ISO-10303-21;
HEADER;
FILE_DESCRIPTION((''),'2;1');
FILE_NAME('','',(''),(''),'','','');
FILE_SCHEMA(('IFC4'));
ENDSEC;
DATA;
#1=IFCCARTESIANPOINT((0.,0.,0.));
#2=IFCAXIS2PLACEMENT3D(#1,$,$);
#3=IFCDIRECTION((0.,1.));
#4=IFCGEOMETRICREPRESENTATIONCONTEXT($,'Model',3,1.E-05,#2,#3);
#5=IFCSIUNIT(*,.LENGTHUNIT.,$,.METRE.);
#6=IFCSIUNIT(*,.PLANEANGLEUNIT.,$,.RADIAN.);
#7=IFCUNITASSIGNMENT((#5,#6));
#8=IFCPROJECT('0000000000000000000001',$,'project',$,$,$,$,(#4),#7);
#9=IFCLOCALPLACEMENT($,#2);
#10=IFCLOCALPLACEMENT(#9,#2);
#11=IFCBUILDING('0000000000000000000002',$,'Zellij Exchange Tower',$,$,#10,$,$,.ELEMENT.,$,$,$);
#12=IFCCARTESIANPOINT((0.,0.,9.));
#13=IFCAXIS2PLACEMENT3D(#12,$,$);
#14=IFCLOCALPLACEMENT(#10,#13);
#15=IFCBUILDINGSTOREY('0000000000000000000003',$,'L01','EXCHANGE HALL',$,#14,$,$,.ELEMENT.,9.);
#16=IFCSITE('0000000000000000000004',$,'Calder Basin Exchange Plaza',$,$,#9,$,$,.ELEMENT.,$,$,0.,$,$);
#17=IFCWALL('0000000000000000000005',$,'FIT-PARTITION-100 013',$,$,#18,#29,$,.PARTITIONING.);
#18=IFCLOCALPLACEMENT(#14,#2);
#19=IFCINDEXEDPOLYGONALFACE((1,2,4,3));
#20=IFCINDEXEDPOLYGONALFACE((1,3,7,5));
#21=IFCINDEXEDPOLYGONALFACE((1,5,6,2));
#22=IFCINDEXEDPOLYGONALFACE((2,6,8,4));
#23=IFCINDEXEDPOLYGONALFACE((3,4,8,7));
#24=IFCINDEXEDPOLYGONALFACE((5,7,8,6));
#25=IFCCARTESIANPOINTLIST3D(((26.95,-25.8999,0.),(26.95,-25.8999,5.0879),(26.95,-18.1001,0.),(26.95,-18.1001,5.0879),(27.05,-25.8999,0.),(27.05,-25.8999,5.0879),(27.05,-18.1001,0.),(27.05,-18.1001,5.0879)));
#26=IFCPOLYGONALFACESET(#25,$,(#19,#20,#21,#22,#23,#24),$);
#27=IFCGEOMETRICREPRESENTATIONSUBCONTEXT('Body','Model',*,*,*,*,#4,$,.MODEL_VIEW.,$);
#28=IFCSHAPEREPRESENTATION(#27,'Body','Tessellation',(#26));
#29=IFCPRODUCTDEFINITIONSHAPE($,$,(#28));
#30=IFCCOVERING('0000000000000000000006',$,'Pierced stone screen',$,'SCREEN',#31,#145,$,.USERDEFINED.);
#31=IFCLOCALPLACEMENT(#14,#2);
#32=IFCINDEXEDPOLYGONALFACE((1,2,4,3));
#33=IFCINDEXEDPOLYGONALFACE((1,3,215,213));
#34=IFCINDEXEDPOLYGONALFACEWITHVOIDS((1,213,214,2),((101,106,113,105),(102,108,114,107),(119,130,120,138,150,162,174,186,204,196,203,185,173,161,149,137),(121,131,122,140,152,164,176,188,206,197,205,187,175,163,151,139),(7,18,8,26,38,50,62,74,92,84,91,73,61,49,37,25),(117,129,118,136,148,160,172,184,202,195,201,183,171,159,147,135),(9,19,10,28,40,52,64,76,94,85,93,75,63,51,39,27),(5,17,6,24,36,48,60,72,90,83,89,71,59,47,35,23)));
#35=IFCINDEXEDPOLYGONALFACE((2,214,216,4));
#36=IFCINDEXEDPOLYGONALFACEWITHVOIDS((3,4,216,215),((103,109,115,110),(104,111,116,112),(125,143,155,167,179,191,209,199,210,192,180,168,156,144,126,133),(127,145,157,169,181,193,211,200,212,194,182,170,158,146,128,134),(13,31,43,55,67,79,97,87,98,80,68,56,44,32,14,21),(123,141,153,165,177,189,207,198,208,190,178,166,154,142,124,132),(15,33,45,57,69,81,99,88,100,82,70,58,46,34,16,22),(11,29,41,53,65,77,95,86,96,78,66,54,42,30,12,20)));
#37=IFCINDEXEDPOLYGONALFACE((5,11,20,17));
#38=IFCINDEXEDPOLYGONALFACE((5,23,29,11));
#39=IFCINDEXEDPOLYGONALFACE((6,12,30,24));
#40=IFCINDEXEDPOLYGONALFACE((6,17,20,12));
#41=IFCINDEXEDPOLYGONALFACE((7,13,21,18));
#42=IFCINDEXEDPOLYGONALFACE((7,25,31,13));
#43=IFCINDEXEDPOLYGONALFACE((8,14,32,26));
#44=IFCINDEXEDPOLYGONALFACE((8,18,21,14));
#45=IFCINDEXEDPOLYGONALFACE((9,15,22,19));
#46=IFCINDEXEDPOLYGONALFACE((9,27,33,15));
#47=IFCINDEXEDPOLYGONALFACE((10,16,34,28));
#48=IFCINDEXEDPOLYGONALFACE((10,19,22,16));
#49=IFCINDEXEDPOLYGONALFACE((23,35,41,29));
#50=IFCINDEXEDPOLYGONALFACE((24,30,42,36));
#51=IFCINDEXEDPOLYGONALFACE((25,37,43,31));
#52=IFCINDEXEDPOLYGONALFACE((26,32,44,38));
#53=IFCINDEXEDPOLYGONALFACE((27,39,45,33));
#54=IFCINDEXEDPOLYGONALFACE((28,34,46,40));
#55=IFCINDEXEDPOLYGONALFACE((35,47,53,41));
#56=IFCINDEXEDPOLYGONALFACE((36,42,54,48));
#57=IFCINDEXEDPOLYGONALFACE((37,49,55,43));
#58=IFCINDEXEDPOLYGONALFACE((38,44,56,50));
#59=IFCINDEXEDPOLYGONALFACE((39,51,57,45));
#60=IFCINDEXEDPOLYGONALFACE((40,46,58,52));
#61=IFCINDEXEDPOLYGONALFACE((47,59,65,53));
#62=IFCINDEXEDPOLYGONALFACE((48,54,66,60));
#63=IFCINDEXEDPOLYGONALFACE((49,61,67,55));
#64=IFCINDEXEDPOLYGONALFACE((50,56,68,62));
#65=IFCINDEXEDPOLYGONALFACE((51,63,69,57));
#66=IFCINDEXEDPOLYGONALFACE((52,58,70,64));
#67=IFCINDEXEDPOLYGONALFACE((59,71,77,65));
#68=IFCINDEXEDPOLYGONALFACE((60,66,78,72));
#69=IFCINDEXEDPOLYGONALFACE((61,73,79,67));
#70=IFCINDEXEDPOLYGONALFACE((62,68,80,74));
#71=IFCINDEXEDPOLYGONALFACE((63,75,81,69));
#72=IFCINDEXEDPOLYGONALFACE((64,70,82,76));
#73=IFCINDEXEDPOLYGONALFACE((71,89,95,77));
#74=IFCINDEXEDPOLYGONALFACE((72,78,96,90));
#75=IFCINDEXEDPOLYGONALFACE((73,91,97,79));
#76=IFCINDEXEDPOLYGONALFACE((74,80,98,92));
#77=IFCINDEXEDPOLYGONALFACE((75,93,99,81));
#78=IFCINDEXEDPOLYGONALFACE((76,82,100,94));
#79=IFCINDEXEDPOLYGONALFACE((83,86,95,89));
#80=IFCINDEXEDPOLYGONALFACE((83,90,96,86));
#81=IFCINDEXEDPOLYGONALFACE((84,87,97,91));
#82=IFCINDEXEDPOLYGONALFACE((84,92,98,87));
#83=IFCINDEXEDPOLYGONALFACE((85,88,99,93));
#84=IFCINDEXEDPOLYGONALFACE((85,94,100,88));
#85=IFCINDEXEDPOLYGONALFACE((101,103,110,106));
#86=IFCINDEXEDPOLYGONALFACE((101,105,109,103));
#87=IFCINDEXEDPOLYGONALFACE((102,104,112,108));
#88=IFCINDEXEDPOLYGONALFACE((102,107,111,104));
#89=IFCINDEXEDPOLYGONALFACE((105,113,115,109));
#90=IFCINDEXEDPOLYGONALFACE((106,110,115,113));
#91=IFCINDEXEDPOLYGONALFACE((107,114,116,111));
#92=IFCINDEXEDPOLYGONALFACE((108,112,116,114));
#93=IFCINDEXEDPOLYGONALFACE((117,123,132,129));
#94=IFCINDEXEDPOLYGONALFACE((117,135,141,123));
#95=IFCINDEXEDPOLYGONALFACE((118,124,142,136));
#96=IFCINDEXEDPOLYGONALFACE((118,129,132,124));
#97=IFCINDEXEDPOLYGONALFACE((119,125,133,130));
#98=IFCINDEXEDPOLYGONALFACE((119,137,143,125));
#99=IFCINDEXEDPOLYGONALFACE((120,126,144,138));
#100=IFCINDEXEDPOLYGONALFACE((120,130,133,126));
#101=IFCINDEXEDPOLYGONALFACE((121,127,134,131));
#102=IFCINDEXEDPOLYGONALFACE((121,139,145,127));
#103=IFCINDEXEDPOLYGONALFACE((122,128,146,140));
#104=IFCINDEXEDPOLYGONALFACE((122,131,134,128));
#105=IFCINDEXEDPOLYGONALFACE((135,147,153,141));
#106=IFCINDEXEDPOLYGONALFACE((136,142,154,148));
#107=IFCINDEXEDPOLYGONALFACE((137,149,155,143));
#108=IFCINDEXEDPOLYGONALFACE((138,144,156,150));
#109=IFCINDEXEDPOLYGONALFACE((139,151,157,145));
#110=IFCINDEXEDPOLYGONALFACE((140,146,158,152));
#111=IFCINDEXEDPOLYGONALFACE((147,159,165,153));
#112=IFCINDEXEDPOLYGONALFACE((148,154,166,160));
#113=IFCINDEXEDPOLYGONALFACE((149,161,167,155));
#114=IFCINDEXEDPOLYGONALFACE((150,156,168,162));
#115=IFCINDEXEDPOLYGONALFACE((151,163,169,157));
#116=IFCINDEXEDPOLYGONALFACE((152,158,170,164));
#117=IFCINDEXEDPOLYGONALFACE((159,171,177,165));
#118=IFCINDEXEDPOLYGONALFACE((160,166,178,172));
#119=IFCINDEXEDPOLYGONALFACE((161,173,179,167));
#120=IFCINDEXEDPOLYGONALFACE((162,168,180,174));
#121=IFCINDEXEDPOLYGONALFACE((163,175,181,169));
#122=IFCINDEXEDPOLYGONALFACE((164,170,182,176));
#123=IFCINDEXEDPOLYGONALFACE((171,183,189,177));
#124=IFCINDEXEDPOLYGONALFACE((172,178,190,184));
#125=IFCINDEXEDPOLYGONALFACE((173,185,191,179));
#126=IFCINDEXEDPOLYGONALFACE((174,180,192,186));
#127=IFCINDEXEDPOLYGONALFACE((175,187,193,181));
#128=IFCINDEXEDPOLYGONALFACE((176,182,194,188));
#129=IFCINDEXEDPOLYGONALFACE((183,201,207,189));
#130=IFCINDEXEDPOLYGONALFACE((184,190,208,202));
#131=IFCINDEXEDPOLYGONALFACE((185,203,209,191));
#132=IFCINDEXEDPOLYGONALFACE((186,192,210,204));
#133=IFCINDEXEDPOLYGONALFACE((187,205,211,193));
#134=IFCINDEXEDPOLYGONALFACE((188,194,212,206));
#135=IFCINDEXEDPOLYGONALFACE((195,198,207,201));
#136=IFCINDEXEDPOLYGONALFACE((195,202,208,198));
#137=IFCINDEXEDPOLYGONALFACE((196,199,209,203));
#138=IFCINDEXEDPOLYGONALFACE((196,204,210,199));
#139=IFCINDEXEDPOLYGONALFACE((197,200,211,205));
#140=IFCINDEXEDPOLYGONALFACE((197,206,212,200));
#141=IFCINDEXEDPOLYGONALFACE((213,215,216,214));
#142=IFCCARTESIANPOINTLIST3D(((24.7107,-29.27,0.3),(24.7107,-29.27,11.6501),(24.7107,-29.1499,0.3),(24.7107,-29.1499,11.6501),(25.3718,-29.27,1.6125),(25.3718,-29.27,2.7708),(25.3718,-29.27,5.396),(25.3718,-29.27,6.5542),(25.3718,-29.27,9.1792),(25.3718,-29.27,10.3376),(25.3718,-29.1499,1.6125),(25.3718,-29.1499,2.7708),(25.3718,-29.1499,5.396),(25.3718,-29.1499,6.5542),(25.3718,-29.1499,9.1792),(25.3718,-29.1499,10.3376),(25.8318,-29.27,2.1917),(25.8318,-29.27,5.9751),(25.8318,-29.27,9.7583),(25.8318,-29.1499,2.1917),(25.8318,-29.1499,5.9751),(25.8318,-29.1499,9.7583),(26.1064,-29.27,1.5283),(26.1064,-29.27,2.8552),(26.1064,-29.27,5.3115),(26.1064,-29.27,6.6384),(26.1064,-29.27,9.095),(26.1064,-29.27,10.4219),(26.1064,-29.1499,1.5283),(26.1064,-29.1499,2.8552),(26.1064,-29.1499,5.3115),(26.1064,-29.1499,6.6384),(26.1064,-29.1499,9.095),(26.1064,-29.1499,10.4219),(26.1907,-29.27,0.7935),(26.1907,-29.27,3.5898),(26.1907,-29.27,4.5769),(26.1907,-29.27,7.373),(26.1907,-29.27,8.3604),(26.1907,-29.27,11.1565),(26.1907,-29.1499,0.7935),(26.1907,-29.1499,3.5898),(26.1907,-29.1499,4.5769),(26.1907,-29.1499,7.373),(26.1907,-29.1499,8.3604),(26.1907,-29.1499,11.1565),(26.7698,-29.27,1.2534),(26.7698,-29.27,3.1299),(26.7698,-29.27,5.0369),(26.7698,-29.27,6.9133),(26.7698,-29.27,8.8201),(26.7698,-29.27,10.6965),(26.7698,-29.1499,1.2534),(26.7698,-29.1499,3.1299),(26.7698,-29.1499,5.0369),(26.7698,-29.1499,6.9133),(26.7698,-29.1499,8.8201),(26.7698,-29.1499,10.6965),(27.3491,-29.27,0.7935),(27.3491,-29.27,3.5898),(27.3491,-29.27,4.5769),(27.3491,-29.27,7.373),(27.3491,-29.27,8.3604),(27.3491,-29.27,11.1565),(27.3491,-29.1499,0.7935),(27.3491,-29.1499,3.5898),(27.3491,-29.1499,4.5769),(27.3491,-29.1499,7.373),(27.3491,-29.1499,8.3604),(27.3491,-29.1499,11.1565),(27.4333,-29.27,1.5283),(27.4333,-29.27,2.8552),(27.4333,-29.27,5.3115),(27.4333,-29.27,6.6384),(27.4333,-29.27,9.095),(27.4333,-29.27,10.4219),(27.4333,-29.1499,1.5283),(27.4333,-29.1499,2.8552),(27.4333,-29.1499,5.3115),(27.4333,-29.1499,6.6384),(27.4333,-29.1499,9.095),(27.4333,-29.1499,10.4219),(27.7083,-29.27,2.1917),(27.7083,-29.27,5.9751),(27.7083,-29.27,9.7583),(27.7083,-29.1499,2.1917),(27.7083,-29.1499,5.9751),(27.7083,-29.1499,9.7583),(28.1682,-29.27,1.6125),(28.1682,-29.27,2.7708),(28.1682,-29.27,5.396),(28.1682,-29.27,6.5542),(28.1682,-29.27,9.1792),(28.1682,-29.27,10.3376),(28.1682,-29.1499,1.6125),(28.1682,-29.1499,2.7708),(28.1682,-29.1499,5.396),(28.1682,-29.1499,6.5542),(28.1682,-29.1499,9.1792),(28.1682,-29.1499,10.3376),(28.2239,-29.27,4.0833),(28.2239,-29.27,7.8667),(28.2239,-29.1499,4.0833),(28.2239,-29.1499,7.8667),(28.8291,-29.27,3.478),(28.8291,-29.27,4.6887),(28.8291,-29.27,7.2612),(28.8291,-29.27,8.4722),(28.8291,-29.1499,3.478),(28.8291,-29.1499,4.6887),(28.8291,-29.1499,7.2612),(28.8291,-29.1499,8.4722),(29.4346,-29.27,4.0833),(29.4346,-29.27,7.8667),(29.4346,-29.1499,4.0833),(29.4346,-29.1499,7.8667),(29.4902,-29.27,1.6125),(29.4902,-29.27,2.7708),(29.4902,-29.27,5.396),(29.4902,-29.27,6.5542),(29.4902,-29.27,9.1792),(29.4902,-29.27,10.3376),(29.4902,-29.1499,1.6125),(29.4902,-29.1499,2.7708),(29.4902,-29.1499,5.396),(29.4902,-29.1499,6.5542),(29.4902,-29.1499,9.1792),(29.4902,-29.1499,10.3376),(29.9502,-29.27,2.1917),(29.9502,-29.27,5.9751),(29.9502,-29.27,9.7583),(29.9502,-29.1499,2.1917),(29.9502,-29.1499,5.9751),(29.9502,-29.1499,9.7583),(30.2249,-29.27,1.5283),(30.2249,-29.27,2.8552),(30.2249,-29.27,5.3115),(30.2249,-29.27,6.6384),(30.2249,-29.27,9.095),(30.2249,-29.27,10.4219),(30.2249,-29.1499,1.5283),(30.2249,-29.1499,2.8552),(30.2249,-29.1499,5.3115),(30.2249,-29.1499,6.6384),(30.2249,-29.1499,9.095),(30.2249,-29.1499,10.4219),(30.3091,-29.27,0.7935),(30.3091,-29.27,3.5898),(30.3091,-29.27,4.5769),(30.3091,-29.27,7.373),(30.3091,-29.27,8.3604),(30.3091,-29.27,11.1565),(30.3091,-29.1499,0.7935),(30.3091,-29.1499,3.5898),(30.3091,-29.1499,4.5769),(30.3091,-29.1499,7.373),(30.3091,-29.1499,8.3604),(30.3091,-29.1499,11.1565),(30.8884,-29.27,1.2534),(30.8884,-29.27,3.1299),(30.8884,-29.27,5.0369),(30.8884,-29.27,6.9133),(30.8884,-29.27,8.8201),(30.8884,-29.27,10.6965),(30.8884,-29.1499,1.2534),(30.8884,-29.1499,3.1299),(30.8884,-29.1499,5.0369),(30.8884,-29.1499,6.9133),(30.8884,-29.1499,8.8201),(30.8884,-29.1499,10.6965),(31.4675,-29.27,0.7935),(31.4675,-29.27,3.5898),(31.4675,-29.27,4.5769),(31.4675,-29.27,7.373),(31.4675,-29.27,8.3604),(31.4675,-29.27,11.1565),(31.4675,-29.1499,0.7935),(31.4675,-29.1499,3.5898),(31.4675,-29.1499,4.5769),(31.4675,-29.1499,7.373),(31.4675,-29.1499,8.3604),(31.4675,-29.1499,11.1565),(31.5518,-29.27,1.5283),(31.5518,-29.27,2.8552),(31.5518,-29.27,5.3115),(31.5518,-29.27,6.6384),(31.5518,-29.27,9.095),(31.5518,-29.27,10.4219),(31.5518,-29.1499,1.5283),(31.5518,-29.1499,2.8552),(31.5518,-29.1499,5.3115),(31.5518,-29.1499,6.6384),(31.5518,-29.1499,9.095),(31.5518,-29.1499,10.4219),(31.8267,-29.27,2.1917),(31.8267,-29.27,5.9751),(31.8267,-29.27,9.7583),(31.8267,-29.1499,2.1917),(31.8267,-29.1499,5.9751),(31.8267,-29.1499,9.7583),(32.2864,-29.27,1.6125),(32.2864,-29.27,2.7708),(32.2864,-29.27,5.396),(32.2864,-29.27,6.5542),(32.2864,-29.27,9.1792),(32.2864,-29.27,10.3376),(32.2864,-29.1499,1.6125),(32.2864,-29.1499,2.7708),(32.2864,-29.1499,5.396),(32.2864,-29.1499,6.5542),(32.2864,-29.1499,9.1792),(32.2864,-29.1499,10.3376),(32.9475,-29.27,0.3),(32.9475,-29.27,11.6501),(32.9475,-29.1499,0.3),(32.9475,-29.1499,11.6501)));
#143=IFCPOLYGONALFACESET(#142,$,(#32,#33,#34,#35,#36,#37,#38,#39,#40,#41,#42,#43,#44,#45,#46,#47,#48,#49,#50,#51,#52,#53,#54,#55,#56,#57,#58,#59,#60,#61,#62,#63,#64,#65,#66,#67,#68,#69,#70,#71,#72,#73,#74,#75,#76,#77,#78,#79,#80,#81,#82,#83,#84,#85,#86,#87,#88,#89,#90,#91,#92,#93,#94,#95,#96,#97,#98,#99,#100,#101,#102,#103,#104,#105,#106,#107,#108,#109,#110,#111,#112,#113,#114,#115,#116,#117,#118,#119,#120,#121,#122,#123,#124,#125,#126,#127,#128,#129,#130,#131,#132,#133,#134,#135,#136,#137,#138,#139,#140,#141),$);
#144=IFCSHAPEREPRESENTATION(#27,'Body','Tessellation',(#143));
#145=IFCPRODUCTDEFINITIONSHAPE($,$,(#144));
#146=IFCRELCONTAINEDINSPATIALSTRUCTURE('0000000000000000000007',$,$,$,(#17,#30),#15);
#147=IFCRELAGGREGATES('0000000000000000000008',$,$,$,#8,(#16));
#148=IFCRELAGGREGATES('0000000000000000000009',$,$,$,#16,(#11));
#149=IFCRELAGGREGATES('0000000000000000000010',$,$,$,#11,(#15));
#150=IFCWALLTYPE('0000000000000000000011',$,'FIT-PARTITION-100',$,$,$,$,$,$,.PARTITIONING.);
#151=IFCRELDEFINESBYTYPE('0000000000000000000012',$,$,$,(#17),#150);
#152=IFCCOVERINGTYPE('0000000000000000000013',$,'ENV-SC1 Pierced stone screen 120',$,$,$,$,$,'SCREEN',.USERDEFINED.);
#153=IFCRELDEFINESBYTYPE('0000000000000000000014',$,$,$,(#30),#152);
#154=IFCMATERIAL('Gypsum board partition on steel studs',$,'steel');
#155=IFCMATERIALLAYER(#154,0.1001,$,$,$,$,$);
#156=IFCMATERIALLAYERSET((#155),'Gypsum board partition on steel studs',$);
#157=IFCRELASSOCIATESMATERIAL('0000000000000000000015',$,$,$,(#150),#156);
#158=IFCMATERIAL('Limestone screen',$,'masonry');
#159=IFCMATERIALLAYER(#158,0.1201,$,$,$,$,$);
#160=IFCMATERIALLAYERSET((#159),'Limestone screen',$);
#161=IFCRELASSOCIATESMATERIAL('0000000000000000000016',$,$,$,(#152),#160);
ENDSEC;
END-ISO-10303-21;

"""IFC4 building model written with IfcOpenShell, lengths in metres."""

from ifc_helpers import new_model, si_unit, direction, frame, frame_2d, origin, place, context, subcontext, project, spatial, polyline, rectangle, outline, extrude, material, layer, layer_set, type_object, element, save


model = new_model("IFC4")

# Units and contexts
model_context = context("Model", 3, precision=1e-05, world=origin(), true_north=direction((0.0, 1.0)))
body_context = subcontext(model_context, "Body", "Model", "MODEL_VIEW")
ifc_project = project(units=[si_unit("LENGTHUNIT", "METRE"), si_unit("PLANEANGLEUNIT", "RADIAN")], contexts=[model_context])

# Site, building, storey
site_placement = place(None, origin())
site = spatial("IfcSite", under=ifc_project, at=site_placement, Name="Calder Basin Exchange Plaza", CompositionType="ELEMENT", RefElevation=0.0)
building_placement = place(site_placement, origin())
building = spatial("IfcBuilding", under=site, at=building_placement, Name="Zellij Exchange Tower", CompositionType="ELEMENT")
storey_placement = place(building_placement, frame((0.0, 0.0, 9.0)))
storey = spatial("IfcBuildingStorey", under=building, at=storey_placement, Name="L01", Description="EXCHANGE HALL", CompositionType="ELEMENT", Elevation=9.0)

# Wall
ifc_material_1 = material(Name="Gypsum board partition on steel studs", Category="steel")
ifc_layer_1 = layer(ifc_material_1, 0.1001)
ifc_layer_set_1 = layer_set([ifc_layer_1], Name="Gypsum board partition on steel studs")
wall_type_1 = type_object("IfcWallType", Name="FIT-PARTITION-100", PredefinedType="PARTITIONING", material=ifc_layer_set_1)
wall_1_placement = place(storey_placement, frame((27.0, -25.8999, 0.0), z_axis=(0.0, 0.0, 1.0), x_axis=(0.0, 1.0, 0.0)))
element("IfcWall", 1, at=wall_1_placement, inside=storey, type_object=wall_type_1, Name="FIT-PARTITION-100 013", PredefinedType="PARTITIONING", context=body_context, shape_type="SweptSolid", body=[
    extrude(rectangle(XDim=7.7998, YDim=0.1001, at=frame_2d((3.8999, 0.0))), origin(), (0.0, 0.0, 1.0), 5.0879),
])

# Covering
ifc_material_2 = material(Name="Limestone screen", Category="masonry")
ifc_layer_2 = layer(ifc_material_2, 0.1201)
ifc_layer_set_2 = layer_set([ifc_layer_2], Name="Limestone screen")
covering_type = type_object("IfcCoveringType", Name="ENV-SC1 Pierced stone screen 120", ElementType="SCREEN", PredefinedType="USERDEFINED", material=ifc_layer_set_2)
covering_1_placement = place(storey_placement, frame((24.7107, -29.21, 0.3), z_axis=(0.0, 0.0, 1.0), x_axis=(1.0, 0.0, 0.0)))
element("IfcCovering", 2, at=covering_1_placement, inside=storey, type_object=covering_type, Name="Pierced stone screen", ObjectType="SCREEN", PredefinedType="USERDEFINED", context=body_context, shape_type="SweptSolid", body=[
    extrude(outline(polyline([(0.0, 0.0), (8.2368, 0.0), (8.2368, 11.3501), (0.0, 11.3501), (0.0, 0.0)]), holes=[polyline([(3.4575, 2.4707), (2.7227, 2.5552), (2.6384, 3.2898), (2.0591, 2.8298), (1.48, 3.2898), (1.3958, 2.5552), (0.6611, 2.4707), (1.1211, 1.8916), (0.6611, 1.3125), (1.3958, 1.2283), (1.48, 0.4934), (2.0591, 0.9534), (2.6384, 0.4934), (2.7227, 1.2283), (3.4575, 1.3125), (2.9976, 1.8916), (3.4575, 2.4707)]), polyline([(3.4575, 6.2542), (2.7227, 6.3384), (2.6384, 7.073), (2.0591, 6.6133), (1.48, 7.073), (1.3958, 6.3384), (0.6611, 6.2542), (1.1211, 5.675), (0.6611, 5.0959), (1.3958, 5.0115), (1.48, 4.2769), (2.0591, 4.7368), (2.6384, 4.2769), (2.7227, 5.0115), (3.4575, 5.0959), (2.9976, 5.675), (3.4575, 6.2542)]), polyline([(3.4575, 10.0376), (2.7227, 10.1218), (2.6384, 10.8564), (2.0591, 10.3965), (1.48, 10.8564), (1.3958, 10.1218), (0.6611, 10.0376), (1.1211, 9.4583), (0.6611, 8.8792), (1.3958, 8.7949), (1.48, 8.0603), (2.0591, 8.52), (2.6384, 8.0603), (2.7227, 8.7949), (3.4575, 8.8792), (2.9976, 9.4583), (3.4575, 10.0376)]), polyline([(7.5757, 2.4707), (6.8411, 2.5552), (6.7568, 3.2898), (6.1777, 2.8298), (5.5984, 3.2898), (5.5142, 2.5552), (4.7795, 2.4707), (5.2395, 1.8916), (4.7795, 1.3125), (5.5142, 1.2283), (5.5984, 0.4934), (6.1777, 0.9534), (6.7568, 0.4934), (6.8411, 1.2283), (7.5757, 1.3125), (7.116, 1.8916), (7.5757, 2.4707)]), polyline([(7.5757, 6.2542), (6.8411, 6.3384), (6.7568, 7.073), (6.1777, 6.6133), (5.5984, 7.073), (5.5142, 6.3384), (4.7795, 6.2542), (5.2395, 5.675), (4.7795, 5.0959), (5.5142, 5.0115), (5.5984, 4.2769), (6.1777, 4.7368), (6.7568, 4.2769), (6.8411, 5.0115), (7.5757, 5.0959), (7.116, 5.675), (7.5757, 6.2542)]), polyline([(7.5757, 10.0376), (6.8411, 10.1218), (6.7568, 10.8564), (6.1777, 10.3965), (5.5984, 10.8564), (5.5142, 10.1218), (4.7795, 10.0376), (5.2395, 9.4583), (4.7795, 8.8792), (5.5142, 8.7949), (5.5984, 8.0603), (6.1777, 8.52), (6.7568, 8.0603), (6.8411, 8.7949), (7.5757, 8.8792), (7.116, 9.4583), (7.5757, 10.0376)]), polyline([(4.7239, 3.7832), (4.1184, 4.3887), (3.5132, 3.7832), (4.1184, 3.178), (4.7239, 3.7832)]), polyline([(4.7239, 7.5667), (4.1184, 8.1721), (3.5132, 7.5667), (4.1184, 6.9612), (4.7239, 7.5667)])]), frame((0.0, 0.0601, 0.0), z_axis=(0.0, -1.0, 0.0), x_axis=(1.0, 0.0, 0.0)), (0.0, 0.0, 1.0), 0.1201),
])

save(model, "model.ifc")
